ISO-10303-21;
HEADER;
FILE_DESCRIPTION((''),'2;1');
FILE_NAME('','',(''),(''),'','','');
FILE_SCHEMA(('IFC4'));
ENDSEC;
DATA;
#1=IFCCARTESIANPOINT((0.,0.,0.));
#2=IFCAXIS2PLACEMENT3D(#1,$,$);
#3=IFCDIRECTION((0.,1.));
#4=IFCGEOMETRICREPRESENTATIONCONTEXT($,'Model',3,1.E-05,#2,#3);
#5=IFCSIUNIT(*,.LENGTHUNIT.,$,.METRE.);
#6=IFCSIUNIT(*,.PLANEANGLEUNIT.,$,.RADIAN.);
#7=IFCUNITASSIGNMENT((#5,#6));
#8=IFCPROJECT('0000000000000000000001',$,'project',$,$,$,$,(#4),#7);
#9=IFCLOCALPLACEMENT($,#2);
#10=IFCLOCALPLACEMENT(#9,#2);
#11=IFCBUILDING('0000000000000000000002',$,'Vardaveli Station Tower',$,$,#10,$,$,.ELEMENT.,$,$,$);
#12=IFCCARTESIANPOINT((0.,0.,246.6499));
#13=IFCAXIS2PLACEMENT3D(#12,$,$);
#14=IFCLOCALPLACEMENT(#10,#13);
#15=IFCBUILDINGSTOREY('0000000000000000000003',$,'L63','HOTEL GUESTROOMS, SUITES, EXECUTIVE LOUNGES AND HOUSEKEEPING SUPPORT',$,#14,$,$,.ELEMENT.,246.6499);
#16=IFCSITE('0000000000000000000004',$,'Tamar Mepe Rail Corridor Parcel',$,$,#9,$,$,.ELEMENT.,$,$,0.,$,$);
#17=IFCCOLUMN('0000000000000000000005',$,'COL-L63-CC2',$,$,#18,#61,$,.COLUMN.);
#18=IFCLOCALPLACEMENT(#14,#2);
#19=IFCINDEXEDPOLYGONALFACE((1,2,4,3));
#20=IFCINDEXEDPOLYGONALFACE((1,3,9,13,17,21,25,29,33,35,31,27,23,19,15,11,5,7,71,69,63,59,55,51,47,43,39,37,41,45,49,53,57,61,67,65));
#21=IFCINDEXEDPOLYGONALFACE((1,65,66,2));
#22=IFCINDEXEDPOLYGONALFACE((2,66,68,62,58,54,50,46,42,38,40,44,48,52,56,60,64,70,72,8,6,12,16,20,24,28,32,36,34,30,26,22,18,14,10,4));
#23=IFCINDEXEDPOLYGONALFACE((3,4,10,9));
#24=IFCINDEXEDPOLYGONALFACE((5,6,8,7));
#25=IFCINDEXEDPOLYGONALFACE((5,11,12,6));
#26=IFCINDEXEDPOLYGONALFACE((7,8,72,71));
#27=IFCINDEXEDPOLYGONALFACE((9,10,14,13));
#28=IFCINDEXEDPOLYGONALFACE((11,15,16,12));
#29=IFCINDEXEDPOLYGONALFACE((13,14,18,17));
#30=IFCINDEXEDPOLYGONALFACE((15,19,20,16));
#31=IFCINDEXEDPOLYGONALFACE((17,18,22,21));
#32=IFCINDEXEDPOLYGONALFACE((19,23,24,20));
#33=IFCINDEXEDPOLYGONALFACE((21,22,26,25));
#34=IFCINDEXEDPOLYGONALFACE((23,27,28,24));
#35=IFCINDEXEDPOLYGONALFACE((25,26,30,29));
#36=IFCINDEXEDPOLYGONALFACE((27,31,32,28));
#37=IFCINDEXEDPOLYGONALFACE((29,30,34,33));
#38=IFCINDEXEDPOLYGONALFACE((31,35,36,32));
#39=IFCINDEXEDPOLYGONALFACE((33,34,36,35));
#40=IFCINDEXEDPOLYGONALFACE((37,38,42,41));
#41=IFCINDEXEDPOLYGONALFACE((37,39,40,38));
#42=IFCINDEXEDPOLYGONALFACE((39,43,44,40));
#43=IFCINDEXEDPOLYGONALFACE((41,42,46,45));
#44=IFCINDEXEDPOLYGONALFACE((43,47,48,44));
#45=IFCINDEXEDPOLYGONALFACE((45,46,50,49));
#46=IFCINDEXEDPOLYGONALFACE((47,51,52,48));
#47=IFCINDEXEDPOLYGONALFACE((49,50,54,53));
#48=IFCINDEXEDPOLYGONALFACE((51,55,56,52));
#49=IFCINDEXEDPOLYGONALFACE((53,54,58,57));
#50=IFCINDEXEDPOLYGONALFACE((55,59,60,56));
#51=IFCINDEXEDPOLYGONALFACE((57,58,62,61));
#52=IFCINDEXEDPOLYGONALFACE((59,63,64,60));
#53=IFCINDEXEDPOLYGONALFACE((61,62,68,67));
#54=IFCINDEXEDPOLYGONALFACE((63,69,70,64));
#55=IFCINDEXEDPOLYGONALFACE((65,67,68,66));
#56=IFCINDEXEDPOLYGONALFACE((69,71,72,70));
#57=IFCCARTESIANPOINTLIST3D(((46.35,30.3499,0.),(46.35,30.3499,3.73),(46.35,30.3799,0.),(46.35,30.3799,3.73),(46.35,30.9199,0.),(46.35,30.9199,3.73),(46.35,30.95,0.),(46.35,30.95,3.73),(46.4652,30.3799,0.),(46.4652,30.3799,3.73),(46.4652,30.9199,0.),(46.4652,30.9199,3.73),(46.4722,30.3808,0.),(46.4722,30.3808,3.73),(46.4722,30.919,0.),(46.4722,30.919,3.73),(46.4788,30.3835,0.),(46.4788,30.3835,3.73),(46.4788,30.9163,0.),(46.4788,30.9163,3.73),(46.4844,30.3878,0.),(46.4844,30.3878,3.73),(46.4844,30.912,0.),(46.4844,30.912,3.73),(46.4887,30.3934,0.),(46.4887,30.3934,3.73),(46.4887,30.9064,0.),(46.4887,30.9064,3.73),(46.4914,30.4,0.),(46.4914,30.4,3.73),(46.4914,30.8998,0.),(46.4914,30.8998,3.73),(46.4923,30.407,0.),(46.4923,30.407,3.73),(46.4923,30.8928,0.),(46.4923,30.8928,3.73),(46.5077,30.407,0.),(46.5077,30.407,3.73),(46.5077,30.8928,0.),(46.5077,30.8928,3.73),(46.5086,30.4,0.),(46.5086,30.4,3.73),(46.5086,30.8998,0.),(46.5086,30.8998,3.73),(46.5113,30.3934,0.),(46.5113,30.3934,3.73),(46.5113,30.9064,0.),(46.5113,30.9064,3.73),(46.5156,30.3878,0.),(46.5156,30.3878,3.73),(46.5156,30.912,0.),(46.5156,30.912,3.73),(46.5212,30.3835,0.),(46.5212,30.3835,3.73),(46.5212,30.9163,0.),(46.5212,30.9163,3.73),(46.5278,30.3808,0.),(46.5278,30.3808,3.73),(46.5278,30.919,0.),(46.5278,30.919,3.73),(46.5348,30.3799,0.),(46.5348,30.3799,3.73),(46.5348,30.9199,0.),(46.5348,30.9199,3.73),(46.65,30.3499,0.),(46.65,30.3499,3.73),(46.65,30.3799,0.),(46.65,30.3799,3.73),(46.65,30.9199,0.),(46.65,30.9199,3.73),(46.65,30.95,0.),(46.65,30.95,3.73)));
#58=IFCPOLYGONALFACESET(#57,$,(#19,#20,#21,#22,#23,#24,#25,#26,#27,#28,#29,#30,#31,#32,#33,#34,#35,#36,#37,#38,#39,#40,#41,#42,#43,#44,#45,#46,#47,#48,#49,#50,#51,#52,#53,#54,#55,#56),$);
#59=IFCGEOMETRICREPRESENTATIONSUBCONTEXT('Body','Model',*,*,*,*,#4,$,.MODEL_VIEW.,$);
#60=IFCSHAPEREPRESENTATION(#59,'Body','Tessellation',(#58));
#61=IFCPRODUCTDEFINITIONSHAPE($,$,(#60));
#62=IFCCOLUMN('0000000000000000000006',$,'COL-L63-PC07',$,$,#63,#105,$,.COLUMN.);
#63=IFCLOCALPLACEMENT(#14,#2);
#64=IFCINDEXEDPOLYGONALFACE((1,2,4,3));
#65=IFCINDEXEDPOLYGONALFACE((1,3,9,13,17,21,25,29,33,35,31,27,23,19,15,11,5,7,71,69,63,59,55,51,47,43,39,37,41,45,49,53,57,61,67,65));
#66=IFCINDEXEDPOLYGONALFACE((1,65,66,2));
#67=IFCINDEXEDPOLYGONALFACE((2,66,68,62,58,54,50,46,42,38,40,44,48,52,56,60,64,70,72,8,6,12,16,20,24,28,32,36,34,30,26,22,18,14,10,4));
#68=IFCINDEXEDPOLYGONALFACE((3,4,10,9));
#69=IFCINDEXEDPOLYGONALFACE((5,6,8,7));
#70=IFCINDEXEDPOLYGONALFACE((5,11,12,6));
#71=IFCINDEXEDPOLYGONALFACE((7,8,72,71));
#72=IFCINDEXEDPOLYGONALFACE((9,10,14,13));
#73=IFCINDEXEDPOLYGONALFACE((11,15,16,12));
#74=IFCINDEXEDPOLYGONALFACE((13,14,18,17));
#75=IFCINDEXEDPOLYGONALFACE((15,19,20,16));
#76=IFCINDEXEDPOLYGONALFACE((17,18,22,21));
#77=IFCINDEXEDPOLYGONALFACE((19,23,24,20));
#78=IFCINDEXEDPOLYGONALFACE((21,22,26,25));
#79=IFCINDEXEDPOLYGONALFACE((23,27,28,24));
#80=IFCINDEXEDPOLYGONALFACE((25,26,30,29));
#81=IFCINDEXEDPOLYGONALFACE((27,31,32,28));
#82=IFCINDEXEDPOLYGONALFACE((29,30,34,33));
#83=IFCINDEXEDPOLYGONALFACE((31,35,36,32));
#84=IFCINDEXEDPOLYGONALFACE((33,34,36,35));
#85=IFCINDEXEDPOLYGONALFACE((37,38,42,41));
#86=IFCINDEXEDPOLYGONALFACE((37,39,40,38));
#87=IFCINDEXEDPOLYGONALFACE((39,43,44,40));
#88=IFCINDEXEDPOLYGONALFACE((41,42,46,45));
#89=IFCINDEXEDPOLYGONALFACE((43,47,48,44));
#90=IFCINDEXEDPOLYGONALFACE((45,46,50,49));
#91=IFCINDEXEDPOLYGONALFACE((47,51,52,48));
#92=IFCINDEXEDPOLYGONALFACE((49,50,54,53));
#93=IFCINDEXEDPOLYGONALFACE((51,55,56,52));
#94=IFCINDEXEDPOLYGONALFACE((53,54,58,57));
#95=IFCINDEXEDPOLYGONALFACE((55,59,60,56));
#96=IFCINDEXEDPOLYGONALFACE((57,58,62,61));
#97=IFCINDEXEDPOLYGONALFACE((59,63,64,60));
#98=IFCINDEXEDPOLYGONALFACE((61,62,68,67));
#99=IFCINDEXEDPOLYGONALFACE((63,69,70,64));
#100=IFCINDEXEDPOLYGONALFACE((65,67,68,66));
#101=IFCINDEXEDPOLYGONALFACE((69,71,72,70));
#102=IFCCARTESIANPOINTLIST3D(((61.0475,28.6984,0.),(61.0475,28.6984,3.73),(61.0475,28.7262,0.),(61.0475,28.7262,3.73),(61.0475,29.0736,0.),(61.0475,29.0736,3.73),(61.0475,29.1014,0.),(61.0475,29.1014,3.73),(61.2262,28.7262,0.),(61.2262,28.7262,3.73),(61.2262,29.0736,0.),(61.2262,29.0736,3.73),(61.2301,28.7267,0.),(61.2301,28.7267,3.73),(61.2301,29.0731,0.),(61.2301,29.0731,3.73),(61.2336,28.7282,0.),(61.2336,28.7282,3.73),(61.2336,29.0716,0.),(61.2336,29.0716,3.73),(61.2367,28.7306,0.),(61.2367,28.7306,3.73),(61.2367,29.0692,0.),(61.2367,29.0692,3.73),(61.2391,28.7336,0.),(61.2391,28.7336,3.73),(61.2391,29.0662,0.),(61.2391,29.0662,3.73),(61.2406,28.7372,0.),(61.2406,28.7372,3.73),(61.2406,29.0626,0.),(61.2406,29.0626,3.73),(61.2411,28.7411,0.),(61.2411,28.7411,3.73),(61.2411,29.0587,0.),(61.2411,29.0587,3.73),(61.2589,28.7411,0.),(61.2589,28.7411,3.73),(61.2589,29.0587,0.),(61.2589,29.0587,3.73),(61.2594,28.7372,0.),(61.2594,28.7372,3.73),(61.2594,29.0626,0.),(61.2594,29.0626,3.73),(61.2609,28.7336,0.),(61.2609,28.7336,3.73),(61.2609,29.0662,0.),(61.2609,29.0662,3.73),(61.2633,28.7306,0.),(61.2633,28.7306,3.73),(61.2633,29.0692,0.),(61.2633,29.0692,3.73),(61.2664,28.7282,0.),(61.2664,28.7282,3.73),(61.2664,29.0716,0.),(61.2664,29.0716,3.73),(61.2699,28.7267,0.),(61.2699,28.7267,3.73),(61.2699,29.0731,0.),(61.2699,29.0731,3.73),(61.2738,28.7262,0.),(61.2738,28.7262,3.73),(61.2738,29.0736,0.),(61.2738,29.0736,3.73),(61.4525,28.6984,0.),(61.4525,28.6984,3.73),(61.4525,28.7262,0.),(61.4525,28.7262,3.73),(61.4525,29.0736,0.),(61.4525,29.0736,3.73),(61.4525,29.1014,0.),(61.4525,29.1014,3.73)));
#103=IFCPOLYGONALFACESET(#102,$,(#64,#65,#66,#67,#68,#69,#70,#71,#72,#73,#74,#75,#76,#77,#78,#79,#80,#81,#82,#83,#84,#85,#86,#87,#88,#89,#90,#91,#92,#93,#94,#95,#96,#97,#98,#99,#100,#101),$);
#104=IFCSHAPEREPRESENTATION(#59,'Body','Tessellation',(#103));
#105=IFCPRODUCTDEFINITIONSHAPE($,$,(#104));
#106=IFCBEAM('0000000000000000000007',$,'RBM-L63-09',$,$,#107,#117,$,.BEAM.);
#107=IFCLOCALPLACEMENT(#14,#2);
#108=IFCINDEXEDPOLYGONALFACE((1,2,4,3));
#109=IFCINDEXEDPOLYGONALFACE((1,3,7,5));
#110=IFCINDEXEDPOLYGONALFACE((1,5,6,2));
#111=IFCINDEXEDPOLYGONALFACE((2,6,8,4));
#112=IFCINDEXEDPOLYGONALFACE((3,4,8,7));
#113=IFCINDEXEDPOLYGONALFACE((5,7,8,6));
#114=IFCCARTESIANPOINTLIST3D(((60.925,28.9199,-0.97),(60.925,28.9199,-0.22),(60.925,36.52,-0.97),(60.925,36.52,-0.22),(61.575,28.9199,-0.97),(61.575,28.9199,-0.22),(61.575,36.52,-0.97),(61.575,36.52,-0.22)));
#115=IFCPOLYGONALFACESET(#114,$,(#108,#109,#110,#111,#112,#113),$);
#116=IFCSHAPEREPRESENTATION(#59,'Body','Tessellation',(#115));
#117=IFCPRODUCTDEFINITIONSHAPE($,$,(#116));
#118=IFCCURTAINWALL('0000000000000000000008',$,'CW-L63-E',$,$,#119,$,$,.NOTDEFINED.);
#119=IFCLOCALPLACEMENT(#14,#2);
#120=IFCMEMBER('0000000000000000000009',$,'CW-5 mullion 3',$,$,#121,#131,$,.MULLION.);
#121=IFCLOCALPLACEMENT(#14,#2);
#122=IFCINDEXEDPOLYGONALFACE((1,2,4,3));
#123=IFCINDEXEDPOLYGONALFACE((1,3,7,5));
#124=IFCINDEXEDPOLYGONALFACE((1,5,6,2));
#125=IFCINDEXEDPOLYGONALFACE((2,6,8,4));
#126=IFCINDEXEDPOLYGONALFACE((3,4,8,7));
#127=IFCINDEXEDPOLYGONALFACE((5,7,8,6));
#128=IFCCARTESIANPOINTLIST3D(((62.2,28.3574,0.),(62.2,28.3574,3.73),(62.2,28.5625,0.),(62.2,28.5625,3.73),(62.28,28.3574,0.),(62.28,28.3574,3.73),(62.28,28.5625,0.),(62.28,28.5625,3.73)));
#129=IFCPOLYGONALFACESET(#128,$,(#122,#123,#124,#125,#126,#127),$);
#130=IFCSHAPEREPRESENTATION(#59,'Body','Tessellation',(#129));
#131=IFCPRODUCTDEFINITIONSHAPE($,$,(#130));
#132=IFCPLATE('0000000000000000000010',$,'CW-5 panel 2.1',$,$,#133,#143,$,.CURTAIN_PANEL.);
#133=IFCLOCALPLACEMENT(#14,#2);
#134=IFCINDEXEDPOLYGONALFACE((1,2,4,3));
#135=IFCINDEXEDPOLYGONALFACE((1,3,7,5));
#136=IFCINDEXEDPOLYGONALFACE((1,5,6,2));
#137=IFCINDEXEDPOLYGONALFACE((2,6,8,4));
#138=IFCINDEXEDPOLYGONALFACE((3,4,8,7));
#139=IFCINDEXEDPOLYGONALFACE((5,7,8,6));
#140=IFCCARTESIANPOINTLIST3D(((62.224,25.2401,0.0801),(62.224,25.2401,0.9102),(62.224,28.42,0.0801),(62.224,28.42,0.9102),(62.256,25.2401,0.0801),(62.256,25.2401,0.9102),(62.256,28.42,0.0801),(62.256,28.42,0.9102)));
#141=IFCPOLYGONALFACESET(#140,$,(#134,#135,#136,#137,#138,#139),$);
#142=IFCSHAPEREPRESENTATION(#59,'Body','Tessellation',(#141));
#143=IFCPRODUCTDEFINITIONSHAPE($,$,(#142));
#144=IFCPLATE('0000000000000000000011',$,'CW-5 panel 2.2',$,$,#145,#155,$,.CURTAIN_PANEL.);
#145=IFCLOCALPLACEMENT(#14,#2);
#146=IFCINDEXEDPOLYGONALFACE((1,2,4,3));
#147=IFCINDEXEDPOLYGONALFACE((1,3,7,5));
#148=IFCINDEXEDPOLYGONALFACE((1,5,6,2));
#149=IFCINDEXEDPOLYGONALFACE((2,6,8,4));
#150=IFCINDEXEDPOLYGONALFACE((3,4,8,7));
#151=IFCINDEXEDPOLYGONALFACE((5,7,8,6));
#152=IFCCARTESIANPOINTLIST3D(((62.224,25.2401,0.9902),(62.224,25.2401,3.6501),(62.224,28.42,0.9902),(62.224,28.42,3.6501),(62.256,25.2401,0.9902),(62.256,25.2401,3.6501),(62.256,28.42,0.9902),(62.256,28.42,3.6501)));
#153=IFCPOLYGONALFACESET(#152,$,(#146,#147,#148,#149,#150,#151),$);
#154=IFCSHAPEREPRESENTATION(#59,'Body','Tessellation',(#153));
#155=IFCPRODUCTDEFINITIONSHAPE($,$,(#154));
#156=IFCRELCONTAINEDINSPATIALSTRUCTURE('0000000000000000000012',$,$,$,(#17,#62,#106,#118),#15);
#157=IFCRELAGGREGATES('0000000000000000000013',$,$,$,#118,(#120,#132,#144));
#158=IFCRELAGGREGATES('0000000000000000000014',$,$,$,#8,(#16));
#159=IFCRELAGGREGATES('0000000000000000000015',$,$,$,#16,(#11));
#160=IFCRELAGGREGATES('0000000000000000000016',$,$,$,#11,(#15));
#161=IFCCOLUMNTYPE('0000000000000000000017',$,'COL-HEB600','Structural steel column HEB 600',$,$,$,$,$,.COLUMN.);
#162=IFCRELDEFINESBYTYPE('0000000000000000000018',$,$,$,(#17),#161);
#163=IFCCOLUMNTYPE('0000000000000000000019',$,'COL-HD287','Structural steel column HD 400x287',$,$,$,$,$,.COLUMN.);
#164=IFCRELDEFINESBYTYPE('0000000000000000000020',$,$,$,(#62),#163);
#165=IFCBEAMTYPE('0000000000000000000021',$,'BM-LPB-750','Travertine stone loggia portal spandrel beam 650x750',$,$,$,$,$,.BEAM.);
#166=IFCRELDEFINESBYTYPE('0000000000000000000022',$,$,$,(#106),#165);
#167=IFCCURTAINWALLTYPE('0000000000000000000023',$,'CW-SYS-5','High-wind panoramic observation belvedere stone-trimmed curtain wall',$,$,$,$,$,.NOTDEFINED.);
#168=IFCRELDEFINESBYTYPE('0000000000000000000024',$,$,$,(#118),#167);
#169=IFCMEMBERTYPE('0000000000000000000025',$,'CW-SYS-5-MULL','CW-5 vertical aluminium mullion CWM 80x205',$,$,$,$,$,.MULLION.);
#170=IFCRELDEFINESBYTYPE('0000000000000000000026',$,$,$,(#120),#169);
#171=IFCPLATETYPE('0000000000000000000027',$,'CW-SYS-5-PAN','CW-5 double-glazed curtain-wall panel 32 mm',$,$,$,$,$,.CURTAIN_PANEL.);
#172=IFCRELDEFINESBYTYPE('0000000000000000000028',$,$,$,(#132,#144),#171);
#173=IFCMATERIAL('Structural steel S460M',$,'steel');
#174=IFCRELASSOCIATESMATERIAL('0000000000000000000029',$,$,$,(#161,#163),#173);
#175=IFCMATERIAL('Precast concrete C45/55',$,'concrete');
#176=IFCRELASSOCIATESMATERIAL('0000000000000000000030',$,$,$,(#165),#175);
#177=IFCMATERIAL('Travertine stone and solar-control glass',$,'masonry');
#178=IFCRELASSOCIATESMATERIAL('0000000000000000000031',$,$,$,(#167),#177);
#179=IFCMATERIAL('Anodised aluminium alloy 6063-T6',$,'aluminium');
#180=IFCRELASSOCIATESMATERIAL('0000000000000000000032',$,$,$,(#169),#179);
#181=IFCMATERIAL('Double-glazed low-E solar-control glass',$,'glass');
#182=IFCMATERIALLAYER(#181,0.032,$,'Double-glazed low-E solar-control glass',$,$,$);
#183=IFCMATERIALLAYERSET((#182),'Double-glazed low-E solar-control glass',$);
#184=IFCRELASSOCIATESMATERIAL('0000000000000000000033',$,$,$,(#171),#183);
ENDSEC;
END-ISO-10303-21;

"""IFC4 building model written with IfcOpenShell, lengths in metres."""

from ifc_helpers import new_model, si_unit, direction, frame, origin, origin_2d, place, context, subcontext, project, spatial, rectangle, i_section, extrude, source, transform, mapped, material, layer, layer_set, material_profile, profile_set, type_object, element, aggregate, save


model = new_model("IFC4")

# Units and contexts
model_context = context("Model", 3, precision=1e-05, world=origin(), true_north=direction((0.0, 1.0)))
body_context = subcontext(model_context, "Body", "Model", "MODEL_VIEW")
ifc_project = project(units=[si_unit("LENGTHUNIT", "METRE"), si_unit("PLANEANGLEUNIT", "RADIAN")], contexts=[model_context])

# Site, building, storey
site_placement = place(None, origin())
site = spatial("IfcSite", under=ifc_project, at=site_placement, Name="Tamar Mepe Rail Corridor Parcel", CompositionType="ELEMENT", RefElevation=0.0)
building_placement = place(site_placement, origin())
building = spatial("IfcBuilding", under=site, at=building_placement, Name="Vardaveli Station Tower", CompositionType="ELEMENT")
storey_placement = place(building_placement, frame((0.0, 0.0, 246.6499)))
storey = spatial("IfcBuildingStorey", under=building, at=storey_placement, Name="L63", Description="HOTEL GUESTROOMS, SUITES, EXECUTIVE LOUNGES AND HOUSEKEEPING SUPPORT", CompositionType="ELEMENT", Elevation=246.6499)

# Columns
ifc_material_1 = material(Name="Structural steel S460M", Category="steel")
ifc_material_profile_1 = material_profile(ifc_material_1, i_section(OverallWidth=0.3, OverallDepth=0.6001, WebThickness=0.0154, FlangeThickness=0.03, FilletRadius=0.0271, at=origin_2d()), Name="HEB 600")
ifc_profile_set_1 = profile_set([ifc_material_profile_1], Name="Structural steel S460M")
column_type_1 = type_object("IfcColumnType", Name="COL-HEB600", Description="Structural steel column HEB 600", PredefinedType="COLUMN", material=ifc_profile_set_1)
shared_shape_1 = source(origin(), body_context, "Body", "SweptSolid", [
    extrude(i_section(OverallWidth=0.3, OverallDepth=0.6001, WebThickness=0.0154, FlangeThickness=0.03, FilletRadius=0.0271, at=origin_2d()), origin(), (0.0, 0.0, 1.0), 3.73),
])
column_1_placement = place(storey_placement, frame((46.5, 30.6499, 0.0), z_axis=(0.0, 0.0, 1.0), x_axis=(1.0, 0.0, 0.0)))
element("IfcColumn", 1, at=column_1_placement, inside=storey, type_object=column_type_1, Name="COL-L63-CC2", PredefinedType="COLUMN", context=body_context, shape_type="MappedRepresentation", body=[
    mapped(shared_shape_1, transform((0.0, 0.0, 0.0), scale=1.0)),
])
ifc_material_profile_2 = material_profile(ifc_material_1, i_section(OverallWidth=0.405, OverallDepth=0.4031, WebThickness=0.0178, FlangeThickness=0.0278, FilletRadius=0.0149, at=origin_2d()), Name="HD 400x287")
ifc_profile_set_2 = profile_set([ifc_material_profile_2], Name="Structural steel S460M")
column_type_2 = type_object("IfcColumnType", Name="COL-HD287", Description="Structural steel column HD 400x287", PredefinedType="COLUMN", material=ifc_profile_set_2)
shared_shape_2 = source(origin(), body_context, "Body", "SweptSolid", [
    extrude(i_section(OverallWidth=0.405, OverallDepth=0.4031, WebThickness=0.0178, FlangeThickness=0.0278, FilletRadius=0.0149, at=origin_2d()), origin(), (0.0, 0.0, 1.0), 3.73),
])
column_2_placement = place(storey_placement, frame((61.25, 28.8999, 0.0), z_axis=(0.0, 0.0, 1.0), x_axis=(1.0, 0.0, 0.0)))
element("IfcColumn", 2, at=column_2_placement, inside=storey, type_object=column_type_2, Name="COL-L63-PC07", PredefinedType="COLUMN", context=body_context, shape_type="MappedRepresentation", body=[
    mapped(shared_shape_2, transform((0.0, 0.0, 0.0), scale=1.0)),
])

# Beam
ifc_material_2 = material(Name="Precast concrete C45/55", Category="concrete")
ifc_material_profile_3 = material_profile(ifc_material_2, rectangle(XDim=0.6499, YDim=0.75, at=origin_2d()), Name="LPB 650x750")
ifc_profile_set_3 = profile_set([ifc_material_profile_3], Name="Precast concrete C45/55")
beam_type = type_object("IfcBeamType", Name="BM-LPB-750", Description="Travertine stone loggia portal spandrel beam 650x750", PredefinedType="BEAM", material=ifc_profile_set_3)
shared_shape_3 = source(origin(), body_context, "Body", "SweptSolid", [
    extrude(rectangle(XDim=0.6499, YDim=0.75, at=origin_2d()), origin(), (0.0, 0.0, 1.0), 7.6001),
])
beam_placement = place(storey_placement, frame((61.25, 28.9199, -0.595), z_axis=(0.0, 1.0, 0.0), x_axis=(-1.0, 0.0, 0.0)))
element("IfcBeam", 3, at=beam_placement, inside=storey, type_object=beam_type, Name="RBM-L63-09", PredefinedType="BEAM", context=body_context, shape_type="MappedRepresentation", body=[
    mapped(shared_shape_3, transform((0.0, 0.0, 0.0), scale=1.0)),
])

# Curtain wall, member, plates
ifc_material_3 = material(Name="Travertine stone and solar-control glass", Category="masonry")
curtain_wall_type = type_object("IfcCurtainWallType", Name="CW-SYS-5", Description="High-wind panoramic observation belvedere stone-trimmed curtain wall", PredefinedType="NOTDEFINED", material=ifc_material_3)
curtain_wall_placement = place(storey_placement, origin())
curtain_wall = element("IfcCurtainWall", 4, at=curtain_wall_placement, inside=storey, type_object=curtain_wall_type, Name="CW-L63-E", PredefinedType="NOTDEFINED")
ifc_material_4 = material(Name="Anodised aluminium alloy 6063-T6", Category="aluminium")
ifc_material_profile_4 = material_profile(ifc_material_4, rectangle(XDim=0.0801, YDim=0.2051, at=origin_2d()), Name="CWM 80x205")
ifc_profile_set_4 = profile_set([ifc_material_profile_4], Name="Anodised aluminium alloy 6063-T6")
member_type = type_object("IfcMemberType", Name="CW-SYS-5-MULL", Description="CW-5 vertical aluminium mullion CWM 80x205", PredefinedType="MULLION", material=ifc_profile_set_4)
shared_shape_4 = source(origin(), body_context, "Body", "SweptSolid", [
    extrude(rectangle(XDim=0.0801, YDim=0.2051, at=origin_2d()), origin(), (0.0, 0.0, 1.0), 3.73),
])
member_placement = place(storey_placement, frame((62.24, 28.46, 0.0), z_axis=(0.0, 0.0, 1.0), x_axis=(-1.0, 0.0, 0.0)))
member = element("IfcMember", 5, at=member_placement, type_object=member_type, Name="CW-5 mullion 3", PredefinedType="MULLION", context=body_context, shape_type="MappedRepresentation", body=[
    mapped(shared_shape_4, transform((0.0, 0.0, 0.0), scale=1.0)),
])
ifc_material_5 = material(Name="Double-glazed low-E solar-control glass", Category="glass")
ifc_layer_1 = layer(ifc_material_5, 0.032, Name="Double-glazed low-E solar-control glass")
ifc_layer_set_1 = layer_set([ifc_layer_1], Name="Double-glazed low-E solar-control glass")
plate_type = type_object("IfcPlateType", Name="CW-SYS-5-PAN", Description="CW-5 double-glazed curtain-wall panel 32 mm", PredefinedType="CURTAIN_PANEL", material=ifc_layer_set_1)
shared_shape_5 = source(origin(), body_context, "Body", "SweptSolid", [
    extrude(rectangle(XDim=3.1799, YDim=0.032, at=origin_2d()), origin(), (0.0, 0.0, 1.0), 0.8301),
])
plate_1_placement = place(storey_placement, frame((62.24, 26.8301, 0.0801), z_axis=(0.0, 0.0, 1.0), x_axis=(0.0, 1.0, 0.0)))
plate_1 = element("IfcPlate", 6, at=plate_1_placement, type_object=plate_type, Name="CW-5 panel 2.1", PredefinedType="CURTAIN_PANEL", context=body_context, shape_type="MappedRepresentation", body=[
    mapped(shared_shape_5, transform((0.0, 0.0, 0.0), scale=1.0)),
])
shared_shape_6 = source(origin(), body_context, "Body", "SweptSolid", [
    extrude(rectangle(XDim=3.1799, YDim=0.032, at=origin_2d()), origin(), (0.0, 0.0, 1.0), 2.6599),
])
plate_2_placement = place(storey_placement, frame((62.24, 26.8301, 0.9902), z_axis=(0.0, 0.0, 1.0), x_axis=(0.0, 1.0, 0.0)))
plate_2 = element("IfcPlate", 7, at=plate_2_placement, type_object=plate_type, Name="CW-5 panel 2.2", PredefinedType="CURTAIN_PANEL", context=body_context, shape_type="MappedRepresentation", body=[
    mapped(shared_shape_6, transform((0.0, 0.0, 0.0), scale=1.0)),
])
aggregate(curtain_wall, [member, plate_1, plate_2])

save(model, "model.ifc")
